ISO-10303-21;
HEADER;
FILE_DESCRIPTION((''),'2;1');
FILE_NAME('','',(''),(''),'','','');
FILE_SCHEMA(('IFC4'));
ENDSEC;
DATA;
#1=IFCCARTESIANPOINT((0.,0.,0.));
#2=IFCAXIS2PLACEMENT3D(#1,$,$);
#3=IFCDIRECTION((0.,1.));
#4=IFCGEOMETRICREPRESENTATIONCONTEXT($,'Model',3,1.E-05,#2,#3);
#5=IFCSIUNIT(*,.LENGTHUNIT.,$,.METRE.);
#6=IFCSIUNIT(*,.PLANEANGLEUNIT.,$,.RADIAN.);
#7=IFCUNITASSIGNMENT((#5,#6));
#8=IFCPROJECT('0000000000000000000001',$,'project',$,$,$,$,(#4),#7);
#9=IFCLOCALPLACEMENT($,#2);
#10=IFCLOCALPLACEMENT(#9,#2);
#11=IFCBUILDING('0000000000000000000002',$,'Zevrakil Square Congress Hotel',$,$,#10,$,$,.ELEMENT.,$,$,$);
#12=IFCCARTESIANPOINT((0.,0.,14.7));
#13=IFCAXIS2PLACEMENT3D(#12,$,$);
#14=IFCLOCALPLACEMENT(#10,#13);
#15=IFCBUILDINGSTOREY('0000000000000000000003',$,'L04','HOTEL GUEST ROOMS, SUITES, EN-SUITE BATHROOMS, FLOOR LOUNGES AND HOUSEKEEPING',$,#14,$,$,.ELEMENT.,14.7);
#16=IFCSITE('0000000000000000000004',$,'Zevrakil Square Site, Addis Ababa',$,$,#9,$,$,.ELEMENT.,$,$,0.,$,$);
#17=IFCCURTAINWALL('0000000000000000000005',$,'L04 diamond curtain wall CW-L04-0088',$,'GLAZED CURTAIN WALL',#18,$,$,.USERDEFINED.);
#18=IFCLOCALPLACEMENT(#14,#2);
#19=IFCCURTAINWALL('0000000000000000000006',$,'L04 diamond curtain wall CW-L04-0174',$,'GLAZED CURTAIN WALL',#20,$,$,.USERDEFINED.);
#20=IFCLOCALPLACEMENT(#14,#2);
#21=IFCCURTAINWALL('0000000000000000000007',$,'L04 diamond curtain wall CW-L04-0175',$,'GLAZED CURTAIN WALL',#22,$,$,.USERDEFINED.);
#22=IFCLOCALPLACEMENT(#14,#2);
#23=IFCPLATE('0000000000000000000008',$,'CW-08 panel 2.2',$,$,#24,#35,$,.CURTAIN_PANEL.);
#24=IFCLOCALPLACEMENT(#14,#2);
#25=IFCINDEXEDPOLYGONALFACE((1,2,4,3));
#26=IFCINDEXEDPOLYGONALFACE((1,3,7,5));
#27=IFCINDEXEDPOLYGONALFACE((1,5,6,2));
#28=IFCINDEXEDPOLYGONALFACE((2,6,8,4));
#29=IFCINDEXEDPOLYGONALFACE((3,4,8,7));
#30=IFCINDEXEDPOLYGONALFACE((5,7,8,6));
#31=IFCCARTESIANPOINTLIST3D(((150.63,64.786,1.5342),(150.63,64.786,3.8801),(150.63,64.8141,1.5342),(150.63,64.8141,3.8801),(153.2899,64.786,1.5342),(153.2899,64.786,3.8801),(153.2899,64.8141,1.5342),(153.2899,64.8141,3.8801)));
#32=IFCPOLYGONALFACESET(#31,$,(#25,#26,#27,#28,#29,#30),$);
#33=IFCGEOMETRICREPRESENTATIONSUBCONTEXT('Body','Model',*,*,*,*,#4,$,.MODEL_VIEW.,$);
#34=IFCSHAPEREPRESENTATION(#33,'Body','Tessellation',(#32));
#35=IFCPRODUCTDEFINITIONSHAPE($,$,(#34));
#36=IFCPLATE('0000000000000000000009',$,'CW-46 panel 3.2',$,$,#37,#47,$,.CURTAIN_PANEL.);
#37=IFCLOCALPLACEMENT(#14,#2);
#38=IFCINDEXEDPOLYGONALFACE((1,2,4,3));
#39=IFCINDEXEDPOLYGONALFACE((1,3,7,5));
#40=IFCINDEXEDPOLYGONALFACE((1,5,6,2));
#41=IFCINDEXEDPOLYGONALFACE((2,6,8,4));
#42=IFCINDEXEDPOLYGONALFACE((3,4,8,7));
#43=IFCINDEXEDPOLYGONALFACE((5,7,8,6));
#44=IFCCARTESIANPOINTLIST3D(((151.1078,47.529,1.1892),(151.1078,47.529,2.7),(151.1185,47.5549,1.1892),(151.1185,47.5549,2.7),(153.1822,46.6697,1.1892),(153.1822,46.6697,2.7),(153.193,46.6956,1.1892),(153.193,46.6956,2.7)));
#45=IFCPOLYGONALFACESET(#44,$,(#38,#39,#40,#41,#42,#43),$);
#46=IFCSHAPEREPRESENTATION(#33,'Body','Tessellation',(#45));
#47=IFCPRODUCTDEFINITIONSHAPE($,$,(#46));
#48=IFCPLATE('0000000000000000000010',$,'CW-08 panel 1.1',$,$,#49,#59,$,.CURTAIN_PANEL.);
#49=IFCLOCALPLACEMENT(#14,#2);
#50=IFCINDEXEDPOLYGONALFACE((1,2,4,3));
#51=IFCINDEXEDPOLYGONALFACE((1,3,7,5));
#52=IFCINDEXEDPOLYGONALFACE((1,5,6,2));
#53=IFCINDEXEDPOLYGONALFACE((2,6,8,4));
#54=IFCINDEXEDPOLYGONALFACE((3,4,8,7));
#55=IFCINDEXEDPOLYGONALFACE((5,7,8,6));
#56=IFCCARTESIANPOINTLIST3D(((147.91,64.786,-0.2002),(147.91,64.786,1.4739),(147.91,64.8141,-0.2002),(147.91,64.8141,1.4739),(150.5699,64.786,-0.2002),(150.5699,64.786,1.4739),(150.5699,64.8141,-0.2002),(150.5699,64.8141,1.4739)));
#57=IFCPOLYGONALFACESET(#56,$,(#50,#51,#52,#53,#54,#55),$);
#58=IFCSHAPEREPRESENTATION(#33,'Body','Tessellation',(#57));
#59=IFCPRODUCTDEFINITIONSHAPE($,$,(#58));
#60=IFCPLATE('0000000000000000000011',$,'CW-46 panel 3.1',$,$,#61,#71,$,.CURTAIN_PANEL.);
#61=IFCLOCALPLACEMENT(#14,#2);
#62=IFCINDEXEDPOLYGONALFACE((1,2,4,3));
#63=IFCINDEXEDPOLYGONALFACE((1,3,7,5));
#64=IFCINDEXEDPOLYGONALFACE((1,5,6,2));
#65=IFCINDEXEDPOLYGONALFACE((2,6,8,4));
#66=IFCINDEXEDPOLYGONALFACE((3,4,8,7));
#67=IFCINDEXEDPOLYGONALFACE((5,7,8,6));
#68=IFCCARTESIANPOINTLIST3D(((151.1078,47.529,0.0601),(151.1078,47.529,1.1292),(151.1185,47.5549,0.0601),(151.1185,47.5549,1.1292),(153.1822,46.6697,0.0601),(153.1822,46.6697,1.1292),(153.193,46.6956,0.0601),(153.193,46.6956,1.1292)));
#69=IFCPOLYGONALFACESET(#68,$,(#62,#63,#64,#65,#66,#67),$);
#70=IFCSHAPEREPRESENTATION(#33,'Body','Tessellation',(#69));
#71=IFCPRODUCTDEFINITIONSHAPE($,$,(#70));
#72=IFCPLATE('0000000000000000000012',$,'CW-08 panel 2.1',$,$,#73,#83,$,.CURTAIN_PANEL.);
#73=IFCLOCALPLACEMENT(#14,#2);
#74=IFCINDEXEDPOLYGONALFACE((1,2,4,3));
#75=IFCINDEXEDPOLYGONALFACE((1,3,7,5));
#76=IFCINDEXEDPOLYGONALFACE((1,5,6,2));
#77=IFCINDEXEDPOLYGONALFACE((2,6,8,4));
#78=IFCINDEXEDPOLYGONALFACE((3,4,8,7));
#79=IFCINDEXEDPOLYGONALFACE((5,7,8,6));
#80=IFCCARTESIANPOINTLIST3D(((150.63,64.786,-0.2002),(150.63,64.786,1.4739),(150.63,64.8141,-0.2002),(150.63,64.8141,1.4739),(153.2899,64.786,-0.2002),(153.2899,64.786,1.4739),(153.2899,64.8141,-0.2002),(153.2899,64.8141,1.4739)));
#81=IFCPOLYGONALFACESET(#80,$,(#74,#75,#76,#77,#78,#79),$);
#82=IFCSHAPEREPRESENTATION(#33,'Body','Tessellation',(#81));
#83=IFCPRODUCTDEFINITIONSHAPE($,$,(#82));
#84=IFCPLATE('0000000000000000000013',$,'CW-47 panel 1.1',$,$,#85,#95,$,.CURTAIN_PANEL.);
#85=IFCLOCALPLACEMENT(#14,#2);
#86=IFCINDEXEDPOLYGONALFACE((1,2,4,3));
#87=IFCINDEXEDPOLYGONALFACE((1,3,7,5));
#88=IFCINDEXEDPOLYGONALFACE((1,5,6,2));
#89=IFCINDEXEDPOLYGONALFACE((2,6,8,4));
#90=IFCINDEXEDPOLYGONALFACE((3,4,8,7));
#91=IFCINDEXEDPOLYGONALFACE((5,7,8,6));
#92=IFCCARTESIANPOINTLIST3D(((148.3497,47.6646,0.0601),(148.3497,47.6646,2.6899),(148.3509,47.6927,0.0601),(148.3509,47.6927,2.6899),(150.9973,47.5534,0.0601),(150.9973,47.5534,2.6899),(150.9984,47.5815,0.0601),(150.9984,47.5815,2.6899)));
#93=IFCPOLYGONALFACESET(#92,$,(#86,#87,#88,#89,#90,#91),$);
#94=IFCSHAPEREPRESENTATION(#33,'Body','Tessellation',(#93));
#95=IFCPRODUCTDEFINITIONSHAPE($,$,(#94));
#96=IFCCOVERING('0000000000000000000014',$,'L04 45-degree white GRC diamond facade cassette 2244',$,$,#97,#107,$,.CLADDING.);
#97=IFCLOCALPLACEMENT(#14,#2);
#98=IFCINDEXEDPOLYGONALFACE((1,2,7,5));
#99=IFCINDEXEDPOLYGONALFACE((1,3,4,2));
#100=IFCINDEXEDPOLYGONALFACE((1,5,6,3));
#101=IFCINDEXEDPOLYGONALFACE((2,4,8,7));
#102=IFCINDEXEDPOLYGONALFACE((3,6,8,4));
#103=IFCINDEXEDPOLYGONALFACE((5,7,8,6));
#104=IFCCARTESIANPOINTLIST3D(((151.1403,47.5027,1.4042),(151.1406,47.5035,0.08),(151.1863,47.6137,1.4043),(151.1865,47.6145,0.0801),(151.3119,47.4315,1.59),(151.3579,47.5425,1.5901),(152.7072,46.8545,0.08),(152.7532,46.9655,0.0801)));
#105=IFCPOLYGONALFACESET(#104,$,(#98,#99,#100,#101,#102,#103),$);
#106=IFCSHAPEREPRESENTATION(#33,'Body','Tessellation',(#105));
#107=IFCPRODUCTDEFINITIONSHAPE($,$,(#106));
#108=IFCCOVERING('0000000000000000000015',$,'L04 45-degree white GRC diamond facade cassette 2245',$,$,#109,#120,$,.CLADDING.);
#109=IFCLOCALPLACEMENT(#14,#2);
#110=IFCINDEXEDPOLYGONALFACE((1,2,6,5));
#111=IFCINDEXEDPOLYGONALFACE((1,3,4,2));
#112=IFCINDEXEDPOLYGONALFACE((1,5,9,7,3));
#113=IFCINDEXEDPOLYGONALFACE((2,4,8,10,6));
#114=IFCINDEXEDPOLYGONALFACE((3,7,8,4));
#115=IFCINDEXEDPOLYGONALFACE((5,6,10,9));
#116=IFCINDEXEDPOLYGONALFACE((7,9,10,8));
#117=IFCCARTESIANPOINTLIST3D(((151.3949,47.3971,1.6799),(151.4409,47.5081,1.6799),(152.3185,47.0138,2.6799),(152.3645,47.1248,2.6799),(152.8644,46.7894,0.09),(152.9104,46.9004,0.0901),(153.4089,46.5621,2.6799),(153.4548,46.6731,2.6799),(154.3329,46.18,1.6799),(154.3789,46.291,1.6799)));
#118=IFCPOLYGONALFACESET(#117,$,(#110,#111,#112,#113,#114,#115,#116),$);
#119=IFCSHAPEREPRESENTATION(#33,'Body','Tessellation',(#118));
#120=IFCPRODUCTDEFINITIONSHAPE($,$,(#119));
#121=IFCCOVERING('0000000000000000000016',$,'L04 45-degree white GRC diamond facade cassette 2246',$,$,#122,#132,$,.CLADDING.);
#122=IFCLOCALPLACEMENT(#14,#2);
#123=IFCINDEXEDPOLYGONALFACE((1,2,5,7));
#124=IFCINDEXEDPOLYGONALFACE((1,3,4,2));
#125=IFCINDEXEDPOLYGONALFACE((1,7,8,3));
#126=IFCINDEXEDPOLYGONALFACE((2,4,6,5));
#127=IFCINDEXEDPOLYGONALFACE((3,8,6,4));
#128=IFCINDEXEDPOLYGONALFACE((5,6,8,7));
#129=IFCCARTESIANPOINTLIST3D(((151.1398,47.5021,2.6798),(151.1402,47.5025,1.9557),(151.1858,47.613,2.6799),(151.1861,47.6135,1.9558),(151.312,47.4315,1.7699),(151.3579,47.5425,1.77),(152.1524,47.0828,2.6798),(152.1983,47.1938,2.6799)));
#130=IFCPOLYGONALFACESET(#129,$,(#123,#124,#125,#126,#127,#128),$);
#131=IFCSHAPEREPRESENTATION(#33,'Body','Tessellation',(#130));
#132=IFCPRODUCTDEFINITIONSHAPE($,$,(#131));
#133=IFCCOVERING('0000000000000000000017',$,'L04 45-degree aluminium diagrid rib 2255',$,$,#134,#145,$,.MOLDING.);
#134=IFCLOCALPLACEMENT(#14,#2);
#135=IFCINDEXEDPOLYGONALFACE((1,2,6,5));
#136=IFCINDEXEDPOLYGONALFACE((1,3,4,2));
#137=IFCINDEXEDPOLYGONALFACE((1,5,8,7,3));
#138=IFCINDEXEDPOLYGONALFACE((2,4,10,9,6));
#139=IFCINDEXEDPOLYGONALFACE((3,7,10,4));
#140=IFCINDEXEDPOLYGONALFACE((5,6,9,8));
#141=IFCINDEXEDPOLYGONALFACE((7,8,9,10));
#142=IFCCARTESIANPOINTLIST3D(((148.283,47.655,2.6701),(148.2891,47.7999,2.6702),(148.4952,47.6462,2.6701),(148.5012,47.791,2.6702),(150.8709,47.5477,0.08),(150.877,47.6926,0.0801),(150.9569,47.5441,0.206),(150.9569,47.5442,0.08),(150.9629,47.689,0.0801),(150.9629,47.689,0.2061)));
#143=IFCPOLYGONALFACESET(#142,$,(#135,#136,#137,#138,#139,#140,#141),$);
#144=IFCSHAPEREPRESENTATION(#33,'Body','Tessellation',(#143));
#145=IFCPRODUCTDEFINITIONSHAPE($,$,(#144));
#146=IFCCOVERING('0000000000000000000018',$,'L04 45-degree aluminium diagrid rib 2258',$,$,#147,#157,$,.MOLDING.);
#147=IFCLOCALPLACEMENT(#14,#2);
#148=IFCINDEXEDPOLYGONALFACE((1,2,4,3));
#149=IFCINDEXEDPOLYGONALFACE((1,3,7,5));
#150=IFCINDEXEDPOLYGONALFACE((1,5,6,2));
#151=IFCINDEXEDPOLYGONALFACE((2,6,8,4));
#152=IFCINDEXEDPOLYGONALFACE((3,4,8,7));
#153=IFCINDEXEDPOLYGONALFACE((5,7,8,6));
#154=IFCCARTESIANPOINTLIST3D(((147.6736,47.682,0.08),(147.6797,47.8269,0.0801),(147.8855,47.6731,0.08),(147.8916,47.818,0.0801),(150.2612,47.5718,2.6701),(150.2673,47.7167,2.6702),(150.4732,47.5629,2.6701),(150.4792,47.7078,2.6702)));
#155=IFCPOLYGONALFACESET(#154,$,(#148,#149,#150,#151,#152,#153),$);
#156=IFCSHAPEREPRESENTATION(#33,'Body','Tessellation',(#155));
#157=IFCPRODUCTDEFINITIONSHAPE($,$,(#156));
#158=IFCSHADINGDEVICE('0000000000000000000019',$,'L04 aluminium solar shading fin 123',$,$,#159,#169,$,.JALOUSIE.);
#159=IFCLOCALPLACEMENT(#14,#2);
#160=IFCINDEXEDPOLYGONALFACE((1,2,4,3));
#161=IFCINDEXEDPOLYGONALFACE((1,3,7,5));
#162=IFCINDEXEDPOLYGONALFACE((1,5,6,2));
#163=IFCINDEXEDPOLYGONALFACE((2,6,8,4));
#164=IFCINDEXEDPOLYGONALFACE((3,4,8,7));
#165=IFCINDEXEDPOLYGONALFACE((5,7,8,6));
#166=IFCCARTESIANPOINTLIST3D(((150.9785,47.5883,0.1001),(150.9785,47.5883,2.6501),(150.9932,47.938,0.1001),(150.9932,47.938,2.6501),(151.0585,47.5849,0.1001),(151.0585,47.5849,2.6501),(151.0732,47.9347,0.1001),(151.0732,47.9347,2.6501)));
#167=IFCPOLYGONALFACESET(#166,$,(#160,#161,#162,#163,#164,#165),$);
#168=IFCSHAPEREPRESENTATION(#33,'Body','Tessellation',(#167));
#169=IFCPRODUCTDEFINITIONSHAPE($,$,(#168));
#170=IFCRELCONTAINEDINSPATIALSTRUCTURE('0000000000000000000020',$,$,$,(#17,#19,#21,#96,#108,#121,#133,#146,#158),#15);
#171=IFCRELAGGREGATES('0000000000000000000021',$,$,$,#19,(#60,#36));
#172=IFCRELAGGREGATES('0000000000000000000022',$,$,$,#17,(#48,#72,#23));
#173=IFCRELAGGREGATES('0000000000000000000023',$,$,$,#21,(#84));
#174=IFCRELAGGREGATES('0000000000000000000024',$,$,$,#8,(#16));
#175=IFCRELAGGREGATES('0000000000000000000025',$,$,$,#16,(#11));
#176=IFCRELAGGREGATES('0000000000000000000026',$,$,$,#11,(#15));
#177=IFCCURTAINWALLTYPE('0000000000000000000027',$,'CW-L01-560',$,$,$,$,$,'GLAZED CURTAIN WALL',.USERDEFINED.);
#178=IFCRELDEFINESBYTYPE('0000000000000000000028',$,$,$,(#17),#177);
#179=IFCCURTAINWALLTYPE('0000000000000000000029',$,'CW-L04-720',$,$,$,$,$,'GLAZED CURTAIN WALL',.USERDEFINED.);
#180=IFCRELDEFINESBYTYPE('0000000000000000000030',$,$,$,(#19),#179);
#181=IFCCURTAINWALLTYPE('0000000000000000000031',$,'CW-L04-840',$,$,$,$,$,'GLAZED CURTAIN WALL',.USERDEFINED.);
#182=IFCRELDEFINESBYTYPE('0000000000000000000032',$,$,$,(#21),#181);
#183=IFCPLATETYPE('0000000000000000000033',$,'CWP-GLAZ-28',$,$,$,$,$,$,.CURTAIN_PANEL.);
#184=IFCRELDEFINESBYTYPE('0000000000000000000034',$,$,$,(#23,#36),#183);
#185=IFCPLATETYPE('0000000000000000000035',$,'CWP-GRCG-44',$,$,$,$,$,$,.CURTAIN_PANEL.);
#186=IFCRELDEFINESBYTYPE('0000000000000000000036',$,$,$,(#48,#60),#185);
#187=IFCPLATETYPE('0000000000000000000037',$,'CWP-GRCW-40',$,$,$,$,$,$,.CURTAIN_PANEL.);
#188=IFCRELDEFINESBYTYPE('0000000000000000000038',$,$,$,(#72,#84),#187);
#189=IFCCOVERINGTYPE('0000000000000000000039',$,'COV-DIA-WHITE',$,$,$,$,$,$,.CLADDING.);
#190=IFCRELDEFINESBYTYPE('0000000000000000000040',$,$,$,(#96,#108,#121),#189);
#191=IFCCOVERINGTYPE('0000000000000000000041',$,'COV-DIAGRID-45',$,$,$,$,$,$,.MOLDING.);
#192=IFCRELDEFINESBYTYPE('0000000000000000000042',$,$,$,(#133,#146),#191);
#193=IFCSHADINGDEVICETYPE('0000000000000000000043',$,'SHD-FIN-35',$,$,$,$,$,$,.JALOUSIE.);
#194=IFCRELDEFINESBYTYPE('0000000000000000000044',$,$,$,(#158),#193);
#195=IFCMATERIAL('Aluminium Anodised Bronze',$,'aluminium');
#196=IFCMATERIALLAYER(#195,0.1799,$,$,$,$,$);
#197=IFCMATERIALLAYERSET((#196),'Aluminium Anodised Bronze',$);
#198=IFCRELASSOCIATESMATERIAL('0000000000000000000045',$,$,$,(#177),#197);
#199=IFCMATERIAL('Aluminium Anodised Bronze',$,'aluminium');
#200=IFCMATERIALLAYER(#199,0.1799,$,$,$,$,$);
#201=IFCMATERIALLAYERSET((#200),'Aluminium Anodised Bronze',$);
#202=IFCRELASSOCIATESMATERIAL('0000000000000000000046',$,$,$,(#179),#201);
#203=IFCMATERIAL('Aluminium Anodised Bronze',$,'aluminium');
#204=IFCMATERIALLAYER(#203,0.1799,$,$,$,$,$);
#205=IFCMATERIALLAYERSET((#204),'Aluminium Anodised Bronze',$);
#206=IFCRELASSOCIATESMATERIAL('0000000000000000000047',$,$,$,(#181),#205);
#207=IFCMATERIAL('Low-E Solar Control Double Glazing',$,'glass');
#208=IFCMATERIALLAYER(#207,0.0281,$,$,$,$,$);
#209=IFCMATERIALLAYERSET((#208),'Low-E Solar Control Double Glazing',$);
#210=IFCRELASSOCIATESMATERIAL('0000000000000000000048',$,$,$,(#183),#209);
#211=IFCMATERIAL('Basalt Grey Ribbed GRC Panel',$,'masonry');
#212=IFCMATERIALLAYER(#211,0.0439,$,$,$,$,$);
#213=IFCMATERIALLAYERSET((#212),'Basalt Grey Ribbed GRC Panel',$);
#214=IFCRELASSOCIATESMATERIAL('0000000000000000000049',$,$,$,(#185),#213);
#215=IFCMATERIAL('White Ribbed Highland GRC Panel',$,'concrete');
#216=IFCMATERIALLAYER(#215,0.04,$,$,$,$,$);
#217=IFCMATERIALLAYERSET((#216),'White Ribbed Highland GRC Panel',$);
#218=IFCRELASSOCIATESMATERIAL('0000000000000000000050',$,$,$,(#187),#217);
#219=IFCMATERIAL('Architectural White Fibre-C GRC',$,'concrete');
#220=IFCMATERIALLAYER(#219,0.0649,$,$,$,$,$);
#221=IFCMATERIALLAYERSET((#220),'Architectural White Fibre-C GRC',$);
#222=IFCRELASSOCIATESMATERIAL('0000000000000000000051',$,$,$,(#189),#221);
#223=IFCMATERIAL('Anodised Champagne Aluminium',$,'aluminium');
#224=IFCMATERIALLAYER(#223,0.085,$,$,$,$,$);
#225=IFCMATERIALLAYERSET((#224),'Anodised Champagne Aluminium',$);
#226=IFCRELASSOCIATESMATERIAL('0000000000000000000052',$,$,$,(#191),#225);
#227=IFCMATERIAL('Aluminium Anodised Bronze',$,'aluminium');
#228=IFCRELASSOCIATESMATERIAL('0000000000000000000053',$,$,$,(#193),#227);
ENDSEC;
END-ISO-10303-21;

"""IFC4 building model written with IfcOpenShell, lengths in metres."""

from ifc_helpers import new_model, si_unit, direction, frame, origin, origin_2d, place, context, subcontext, project, spatial, polyline, rectangle, outline, extrude, material, layer, layer_set, type_object, element, aggregate, save


model = new_model("IFC4")

# Units and contexts
model_context = context("Model", 3, precision=1e-05, world=origin(), true_north=direction((0.0, 1.0)))
body_context = subcontext(model_context, "Body", "Model", "MODEL_VIEW")
ifc_project = project(units=[si_unit("LENGTHUNIT", "METRE"), si_unit("PLANEANGLEUNIT", "RADIAN")], contexts=[model_context])

# Site, building, storey
site_placement = place(None, origin())
site = spatial("IfcSite", under=ifc_project, at=site_placement, Name="Zevrakil Square Site, Addis Ababa", CompositionType="ELEMENT", RefElevation=0.0)
building_placement = place(site_placement, origin())
building = spatial("IfcBuilding", under=site, at=building_placement, Name="Zevrakil Square Congress Hotel", CompositionType="ELEMENT")
storey_placement = place(building_placement, frame((0.0, 0.0, 14.7)))
storey = spatial("IfcBuildingStorey", under=building, at=storey_placement, Name="L04", Description="HOTEL GUEST ROOMS, SUITES, EN-SUITE BATHROOMS, FLOOR LOUNGES AND HOUSEKEEPING", CompositionType="ELEMENT", Elevation=14.7)

# Curtain wall
ifc_material_1 = material(Name="Aluminium Anodised Bronze", Category="aluminium")
ifc_layer_1 = layer(ifc_material_1, 0.1799)
ifc_layer_set_1 = layer_set([ifc_layer_1], Name="Aluminium Anodised Bronze")
curtain_wall_type_1 = type_object("IfcCurtainWallType", Name="CW-L01-560", ElementType="GLAZED CURTAIN WALL", PredefinedType="USERDEFINED", material=ifc_layer_set_1)
curtain_wall_1_placement = place(storey_placement, origin())
curtain_wall_1 = element("IfcCurtainWall", 1, at=curtain_wall_1_placement, inside=storey, type_object=curtain_wall_type_1, Name="L04 diamond curtain wall CW-L04-0088", ObjectType="GLAZED CURTAIN WALL", PredefinedType="USERDEFINED")

# Curtain wall
ifc_material_2 = material(Name="Aluminium Anodised Bronze", Category="aluminium")
ifc_layer_2 = layer(ifc_material_2, 0.1799)
ifc_layer_set_2 = layer_set([ifc_layer_2], Name="Aluminium Anodised Bronze")
curtain_wall_type_2 = type_object("IfcCurtainWallType", Name="CW-L04-720", ElementType="GLAZED CURTAIN WALL", PredefinedType="USERDEFINED", material=ifc_layer_set_2)
curtain_wall_2_placement = place(storey_placement, origin())
curtain_wall_2 = element("IfcCurtainWall", 2, at=curtain_wall_2_placement, inside=storey, type_object=curtain_wall_type_2, Name="L04 diamond curtain wall CW-L04-0174", ObjectType="GLAZED CURTAIN WALL", PredefinedType="USERDEFINED")

# Curtain wall
ifc_material_3 = material(Name="Aluminium Anodised Bronze", Category="aluminium")
ifc_layer_3 = layer(ifc_material_3, 0.1799)
ifc_layer_set_3 = layer_set([ifc_layer_3], Name="Aluminium Anodised Bronze")
curtain_wall_type_3 = type_object("IfcCurtainWallType", Name="CW-L04-840", ElementType="GLAZED CURTAIN WALL", PredefinedType="USERDEFINED", material=ifc_layer_set_3)
curtain_wall_3_placement = place(storey_placement, origin())
curtain_wall_3 = element("IfcCurtainWall", 3, at=curtain_wall_3_placement, inside=storey, type_object=curtain_wall_type_3, Name="L04 diamond curtain wall CW-L04-0175", ObjectType="GLAZED CURTAIN WALL", PredefinedType="USERDEFINED")

# Plates
ifc_material_4 = material(Name="Low-E Solar Control Double Glazing", Category="glass")
ifc_layer_4 = layer(ifc_material_4, 0.0281)
ifc_layer_set_4 = layer_set([ifc_layer_4], Name="Low-E Solar Control Double Glazing")
plate_type_1 = type_object("IfcPlateType", Name="CWP-GLAZ-28", PredefinedType="CURTAIN_PANEL", material=ifc_layer_set_4)
plate_1_placement = place(storey_placement, frame((151.96, 64.8, 1.5342), z_axis=(0.0, 0.0, 1.0), x_axis=(1.0, 0.0, 0.0)))
plate_1 = element("IfcPlate", 4, at=plate_1_placement, type_object=plate_type_1, Name="CW-08 panel 2.2", PredefinedType="CURTAIN_PANEL", context=body_context, shape_type="SweptSolid", body=[
    extrude(rectangle(XDim=2.6599, YDim=0.0281, at=origin_2d()), origin(), (0.0, 0.0, 1.0), 2.3459),
])
plate_2_placement = place(storey_placement, frame((152.1504, 47.1123, 1.1892), z_axis=(0.0, 0.0, 1.0), x_axis=(-0.923879, 0.382684, 0.0)))
plate_2 = element("IfcPlate", 5, at=plate_2_placement, type_object=plate_type_1, Name="CW-46 panel 3.2", PredefinedType="CURTAIN_PANEL", context=body_context, shape_type="SweptSolid", body=[
    extrude(rectangle(XDim=2.2454, YDim=0.0281, at=origin_2d()), origin(), (0.0, 0.0, 1.0), 1.5107),
])
ifc_material_5 = material(Name="Basalt Grey Ribbed GRC Panel", Category="masonry")
ifc_layer_5 = layer(ifc_material_5, 0.0439)
ifc_layer_set_5 = layer_set([ifc_layer_5], Name="Basalt Grey Ribbed GRC Panel")
plate_type_2 = type_object("IfcPlateType", Name="CWP-GRCG-44", PredefinedType="CURTAIN_PANEL", material=ifc_layer_set_5)
plate_3_placement = place(storey_placement, frame((149.24, 64.8, -0.2002), z_axis=(0.0, 0.0, 1.0), x_axis=(1.0, 0.0, 0.0)))
plate_3 = element("IfcPlate", 6, at=plate_3_placement, type_object=plate_type_2, Name="CW-08 panel 1.1", PredefinedType="CURTAIN_PANEL", context=body_context, shape_type="SweptSolid", body=[
    extrude(rectangle(XDim=2.6599, YDim=0.0281, at=origin_2d()), origin(), (0.0, 0.0, 1.0), 1.6741),
])
plate_4_placement = place(storey_placement, frame((152.1504, 47.1123, 0.0601), z_axis=(0.0, 0.0, 1.0), x_axis=(-0.923879, 0.382684, 0.0)))
plate_4 = element("IfcPlate", 7, at=plate_4_placement, type_object=plate_type_2, Name="CW-46 panel 3.1", PredefinedType="CURTAIN_PANEL", context=body_context, shape_type="SweptSolid", body=[
    extrude(rectangle(XDim=2.2454, YDim=0.0281, at=origin_2d()), origin(), (0.0, 0.0, 1.0), 1.0691),
])
aggregate(curtain_wall_2, [plate_4, plate_2])
ifc_material_6 = material(Name="White Ribbed Highland GRC Panel", Category="concrete")
ifc_layer_6 = layer(ifc_material_6, 0.04)
ifc_layer_set_6 = layer_set([ifc_layer_6], Name="White Ribbed Highland GRC Panel")
plate_type_3 = type_object("IfcPlateType", Name="CWP-GRCW-40", PredefinedType="CURTAIN_PANEL", material=ifc_layer_set_6)
plate_5_placement = place(storey_placement, frame((151.96, 64.8, -0.2002), z_axis=(0.0, 0.0, 1.0), x_axis=(1.0, 0.0, 0.0)))
plate_5 = element("IfcPlate", 8, at=plate_5_placement, type_object=plate_type_3, Name="CW-08 panel 2.1", PredefinedType="CURTAIN_PANEL", context=body_context, shape_type="SweptSolid", body=[
    extrude(rectangle(XDim=2.6599, YDim=0.0281, at=origin_2d()), origin(), (0.0, 0.0, 1.0), 1.6741),
])
aggregate(curtain_wall_1, [plate_3, plate_5, plate_1])
plate_6_placement = place(storey_placement, frame((149.6741, 47.623, 0.0601), z_axis=(0.0, 0.0, 1.0), x_axis=(-0.999119, 0.041971, 0.0)))
plate_6 = element("IfcPlate", 9, at=plate_6_placement, type_object=plate_type_3, Name="CW-47 panel 1.1", PredefinedType="CURTAIN_PANEL", context=body_context, shape_type="SweptSolid", body=[
    extrude(rectangle(XDim=2.6499, YDim=0.0281, at=origin_2d()), origin(), (0.0, 0.0, 1.0), 2.6299),
])
aggregate(curtain_wall_3, [plate_6])

# Coverings
ifc_material_7 = material(Name="Architectural White Fibre-C GRC", Category="concrete")
ifc_layer_7 = layer(ifc_material_7, 0.0649)
ifc_layer_set_7 = layer_set([ifc_layer_7], Name="Architectural White Fibre-C GRC")
covering_type_1 = type_object("IfcCoveringType", Name="COV-DIA-WHITE", PredefinedType="CLADDING", material=ifc_layer_set_7)
covering_1_placement = place(storey_placement, frame((151.3579, 47.5425, 1.5901), z_axis=(0.382715, 0.923866, 0.000626), x_axis=(-0.653202, 0.27107, -0.707)))
element("IfcCovering", 10, at=covering_1_placement, inside=storey, type_object=covering_type_1, Name="L04 45-degree white GRC diamond facade cassette 2244", PredefinedType="CLADDING", context=body_context, shape_type="SweptSolid", body=[
    extrude(outline(polyline([(0.0, 0.0), (0.2628, 0.0), (1.199, -0.9365), (-0.0002, -2.1353), (0.0, 0.0)])), origin(), (0.0, 0.0, -1.0), 0.1201),
])
covering_2_placement = place(storey_placement, frame((151.4409, 47.5081, 1.6799), z_axis=(0.382706, 0.92387, 0.000634), x_axis=(0.653513, -0.270228, -0.707035)))
element("IfcCovering", 11, at=covering_2_placement, inside=storey, type_object=covering_type_1, Name="L04 45-degree white GRC diamond facade cassette 2245", PredefinedType="CLADDING", context=body_context, shape_type="SweptSolid", body=[
    extrude(outline(polyline([(0.0, 0.0), (2.2486, 0.0), (2.2489, -2.2484), (0.8347, -2.2486), (0.0001, -1.4142), (0.0, 0.0)])), origin(), (0.0, 0.0, -1.0), 0.1201),
])
covering_3_placement = place(storey_placement, frame((151.3579, 47.5425, 1.77), z_axis=(0.38256, 0.92393, 0.000722), x_axis=(0.653109, -0.270977, 0.707121)))
element("IfcCovering", 12, at=covering_3_placement, inside=storey, type_object=covering_type_1, Name="L04 45-degree white GRC diamond facade cassette 2246", PredefinedType="CLADDING", context=body_context, shape_type="SweptSolid", body=[
    extrude(outline(polyline([(0.0, 0.0), (1.2868, 0.0), (0.5119, -0.7749), (-0.0001, -0.2628), (0.0, 0.0)])), origin(), (0.0, 0.0, -1.0), 0.1201),
])
ifc_material_8 = material(Name="Anodised Champagne Aluminium", Category="aluminium")
ifc_layer_8 = layer(ifc_material_8, 0.085)
ifc_layer_set_8 = layer_set([ifc_layer_8], Name="Anodised Champagne Aluminium")
covering_type_2 = type_object("IfcCoveringType", Name="COV-DIAGRID-45", PredefinedType="MOLDING", material=ifc_layer_set_8)
covering_4_placement = place(storey_placement, frame((150.877, 47.6926, 0.0801), z_axis=(0.041643, 0.999133, 0.000232), x_axis=(0.999133, -0.041643, 0.0)))
element("IfcCovering", 13, at=covering_4_placement, inside=storey, type_object=covering_type_2, Name="L04 45-degree aluminium diagrid rib 2255", PredefinedType="MOLDING", context=body_context, shape_type="SweptSolid", body=[
    extrude(outline(polyline([(0.0, 0.0), (0.086, 0.0), (0.086, -0.126), (-2.3778, -2.5901), (-2.5901, -2.5901), (0.0, 0.0)])), origin(), (0.0, 0.0, -1.0), 0.145),
])
covering_5_placement = place(storey_placement, frame((150.4792, 47.7078, 2.6702), z_axis=(0.042014, 0.999117, 0.000547), x_axis=(-0.999117, 0.042014, 0.0)))
element("IfcCovering", 14, at=covering_5_placement, inside=storey, type_object=covering_type_2, Name="L04 45-degree aluminium diagrid rib 2258", PredefinedType="MOLDING", context=body_context, shape_type="SweptSolid", body=[
    extrude(outline(polyline([(0.0, 0.0), (0.2121, 0.0), (2.8021, -2.5901), (2.59, -2.5901), (0.0, 0.0)])), origin(), (0.0, 0.0, -1.0), 0.145),
])

# Shading device
ifc_material_9 = material(Name="Aluminium Anodised Bronze", Category="aluminium")
shading_device_type = type_object("IfcShadingDeviceType", Name="SHD-FIN-35", PredefinedType="JALOUSIE", material=ifc_material_9)
shading_device_placement = place(storey_placement, frame((151.0259, 47.7615, 0.1001), z_axis=(0.0, 0.0, 1.0), x_axis=(0.041963, 0.999119, 0.0)))
element("IfcShadingDevice", 15, at=shading_device_placement, inside=storey, type_object=shading_device_type, Name="L04 aluminium solar shading fin 123", PredefinedType="JALOUSIE", context=body_context, shape_type="SweptSolid", body=[
    extrude(rectangle(XDim=0.3501, YDim=0.0801, at=origin_2d()), origin(), (0.0, 0.0, 1.0), 2.55),
])

save(model, "model.ifc")
